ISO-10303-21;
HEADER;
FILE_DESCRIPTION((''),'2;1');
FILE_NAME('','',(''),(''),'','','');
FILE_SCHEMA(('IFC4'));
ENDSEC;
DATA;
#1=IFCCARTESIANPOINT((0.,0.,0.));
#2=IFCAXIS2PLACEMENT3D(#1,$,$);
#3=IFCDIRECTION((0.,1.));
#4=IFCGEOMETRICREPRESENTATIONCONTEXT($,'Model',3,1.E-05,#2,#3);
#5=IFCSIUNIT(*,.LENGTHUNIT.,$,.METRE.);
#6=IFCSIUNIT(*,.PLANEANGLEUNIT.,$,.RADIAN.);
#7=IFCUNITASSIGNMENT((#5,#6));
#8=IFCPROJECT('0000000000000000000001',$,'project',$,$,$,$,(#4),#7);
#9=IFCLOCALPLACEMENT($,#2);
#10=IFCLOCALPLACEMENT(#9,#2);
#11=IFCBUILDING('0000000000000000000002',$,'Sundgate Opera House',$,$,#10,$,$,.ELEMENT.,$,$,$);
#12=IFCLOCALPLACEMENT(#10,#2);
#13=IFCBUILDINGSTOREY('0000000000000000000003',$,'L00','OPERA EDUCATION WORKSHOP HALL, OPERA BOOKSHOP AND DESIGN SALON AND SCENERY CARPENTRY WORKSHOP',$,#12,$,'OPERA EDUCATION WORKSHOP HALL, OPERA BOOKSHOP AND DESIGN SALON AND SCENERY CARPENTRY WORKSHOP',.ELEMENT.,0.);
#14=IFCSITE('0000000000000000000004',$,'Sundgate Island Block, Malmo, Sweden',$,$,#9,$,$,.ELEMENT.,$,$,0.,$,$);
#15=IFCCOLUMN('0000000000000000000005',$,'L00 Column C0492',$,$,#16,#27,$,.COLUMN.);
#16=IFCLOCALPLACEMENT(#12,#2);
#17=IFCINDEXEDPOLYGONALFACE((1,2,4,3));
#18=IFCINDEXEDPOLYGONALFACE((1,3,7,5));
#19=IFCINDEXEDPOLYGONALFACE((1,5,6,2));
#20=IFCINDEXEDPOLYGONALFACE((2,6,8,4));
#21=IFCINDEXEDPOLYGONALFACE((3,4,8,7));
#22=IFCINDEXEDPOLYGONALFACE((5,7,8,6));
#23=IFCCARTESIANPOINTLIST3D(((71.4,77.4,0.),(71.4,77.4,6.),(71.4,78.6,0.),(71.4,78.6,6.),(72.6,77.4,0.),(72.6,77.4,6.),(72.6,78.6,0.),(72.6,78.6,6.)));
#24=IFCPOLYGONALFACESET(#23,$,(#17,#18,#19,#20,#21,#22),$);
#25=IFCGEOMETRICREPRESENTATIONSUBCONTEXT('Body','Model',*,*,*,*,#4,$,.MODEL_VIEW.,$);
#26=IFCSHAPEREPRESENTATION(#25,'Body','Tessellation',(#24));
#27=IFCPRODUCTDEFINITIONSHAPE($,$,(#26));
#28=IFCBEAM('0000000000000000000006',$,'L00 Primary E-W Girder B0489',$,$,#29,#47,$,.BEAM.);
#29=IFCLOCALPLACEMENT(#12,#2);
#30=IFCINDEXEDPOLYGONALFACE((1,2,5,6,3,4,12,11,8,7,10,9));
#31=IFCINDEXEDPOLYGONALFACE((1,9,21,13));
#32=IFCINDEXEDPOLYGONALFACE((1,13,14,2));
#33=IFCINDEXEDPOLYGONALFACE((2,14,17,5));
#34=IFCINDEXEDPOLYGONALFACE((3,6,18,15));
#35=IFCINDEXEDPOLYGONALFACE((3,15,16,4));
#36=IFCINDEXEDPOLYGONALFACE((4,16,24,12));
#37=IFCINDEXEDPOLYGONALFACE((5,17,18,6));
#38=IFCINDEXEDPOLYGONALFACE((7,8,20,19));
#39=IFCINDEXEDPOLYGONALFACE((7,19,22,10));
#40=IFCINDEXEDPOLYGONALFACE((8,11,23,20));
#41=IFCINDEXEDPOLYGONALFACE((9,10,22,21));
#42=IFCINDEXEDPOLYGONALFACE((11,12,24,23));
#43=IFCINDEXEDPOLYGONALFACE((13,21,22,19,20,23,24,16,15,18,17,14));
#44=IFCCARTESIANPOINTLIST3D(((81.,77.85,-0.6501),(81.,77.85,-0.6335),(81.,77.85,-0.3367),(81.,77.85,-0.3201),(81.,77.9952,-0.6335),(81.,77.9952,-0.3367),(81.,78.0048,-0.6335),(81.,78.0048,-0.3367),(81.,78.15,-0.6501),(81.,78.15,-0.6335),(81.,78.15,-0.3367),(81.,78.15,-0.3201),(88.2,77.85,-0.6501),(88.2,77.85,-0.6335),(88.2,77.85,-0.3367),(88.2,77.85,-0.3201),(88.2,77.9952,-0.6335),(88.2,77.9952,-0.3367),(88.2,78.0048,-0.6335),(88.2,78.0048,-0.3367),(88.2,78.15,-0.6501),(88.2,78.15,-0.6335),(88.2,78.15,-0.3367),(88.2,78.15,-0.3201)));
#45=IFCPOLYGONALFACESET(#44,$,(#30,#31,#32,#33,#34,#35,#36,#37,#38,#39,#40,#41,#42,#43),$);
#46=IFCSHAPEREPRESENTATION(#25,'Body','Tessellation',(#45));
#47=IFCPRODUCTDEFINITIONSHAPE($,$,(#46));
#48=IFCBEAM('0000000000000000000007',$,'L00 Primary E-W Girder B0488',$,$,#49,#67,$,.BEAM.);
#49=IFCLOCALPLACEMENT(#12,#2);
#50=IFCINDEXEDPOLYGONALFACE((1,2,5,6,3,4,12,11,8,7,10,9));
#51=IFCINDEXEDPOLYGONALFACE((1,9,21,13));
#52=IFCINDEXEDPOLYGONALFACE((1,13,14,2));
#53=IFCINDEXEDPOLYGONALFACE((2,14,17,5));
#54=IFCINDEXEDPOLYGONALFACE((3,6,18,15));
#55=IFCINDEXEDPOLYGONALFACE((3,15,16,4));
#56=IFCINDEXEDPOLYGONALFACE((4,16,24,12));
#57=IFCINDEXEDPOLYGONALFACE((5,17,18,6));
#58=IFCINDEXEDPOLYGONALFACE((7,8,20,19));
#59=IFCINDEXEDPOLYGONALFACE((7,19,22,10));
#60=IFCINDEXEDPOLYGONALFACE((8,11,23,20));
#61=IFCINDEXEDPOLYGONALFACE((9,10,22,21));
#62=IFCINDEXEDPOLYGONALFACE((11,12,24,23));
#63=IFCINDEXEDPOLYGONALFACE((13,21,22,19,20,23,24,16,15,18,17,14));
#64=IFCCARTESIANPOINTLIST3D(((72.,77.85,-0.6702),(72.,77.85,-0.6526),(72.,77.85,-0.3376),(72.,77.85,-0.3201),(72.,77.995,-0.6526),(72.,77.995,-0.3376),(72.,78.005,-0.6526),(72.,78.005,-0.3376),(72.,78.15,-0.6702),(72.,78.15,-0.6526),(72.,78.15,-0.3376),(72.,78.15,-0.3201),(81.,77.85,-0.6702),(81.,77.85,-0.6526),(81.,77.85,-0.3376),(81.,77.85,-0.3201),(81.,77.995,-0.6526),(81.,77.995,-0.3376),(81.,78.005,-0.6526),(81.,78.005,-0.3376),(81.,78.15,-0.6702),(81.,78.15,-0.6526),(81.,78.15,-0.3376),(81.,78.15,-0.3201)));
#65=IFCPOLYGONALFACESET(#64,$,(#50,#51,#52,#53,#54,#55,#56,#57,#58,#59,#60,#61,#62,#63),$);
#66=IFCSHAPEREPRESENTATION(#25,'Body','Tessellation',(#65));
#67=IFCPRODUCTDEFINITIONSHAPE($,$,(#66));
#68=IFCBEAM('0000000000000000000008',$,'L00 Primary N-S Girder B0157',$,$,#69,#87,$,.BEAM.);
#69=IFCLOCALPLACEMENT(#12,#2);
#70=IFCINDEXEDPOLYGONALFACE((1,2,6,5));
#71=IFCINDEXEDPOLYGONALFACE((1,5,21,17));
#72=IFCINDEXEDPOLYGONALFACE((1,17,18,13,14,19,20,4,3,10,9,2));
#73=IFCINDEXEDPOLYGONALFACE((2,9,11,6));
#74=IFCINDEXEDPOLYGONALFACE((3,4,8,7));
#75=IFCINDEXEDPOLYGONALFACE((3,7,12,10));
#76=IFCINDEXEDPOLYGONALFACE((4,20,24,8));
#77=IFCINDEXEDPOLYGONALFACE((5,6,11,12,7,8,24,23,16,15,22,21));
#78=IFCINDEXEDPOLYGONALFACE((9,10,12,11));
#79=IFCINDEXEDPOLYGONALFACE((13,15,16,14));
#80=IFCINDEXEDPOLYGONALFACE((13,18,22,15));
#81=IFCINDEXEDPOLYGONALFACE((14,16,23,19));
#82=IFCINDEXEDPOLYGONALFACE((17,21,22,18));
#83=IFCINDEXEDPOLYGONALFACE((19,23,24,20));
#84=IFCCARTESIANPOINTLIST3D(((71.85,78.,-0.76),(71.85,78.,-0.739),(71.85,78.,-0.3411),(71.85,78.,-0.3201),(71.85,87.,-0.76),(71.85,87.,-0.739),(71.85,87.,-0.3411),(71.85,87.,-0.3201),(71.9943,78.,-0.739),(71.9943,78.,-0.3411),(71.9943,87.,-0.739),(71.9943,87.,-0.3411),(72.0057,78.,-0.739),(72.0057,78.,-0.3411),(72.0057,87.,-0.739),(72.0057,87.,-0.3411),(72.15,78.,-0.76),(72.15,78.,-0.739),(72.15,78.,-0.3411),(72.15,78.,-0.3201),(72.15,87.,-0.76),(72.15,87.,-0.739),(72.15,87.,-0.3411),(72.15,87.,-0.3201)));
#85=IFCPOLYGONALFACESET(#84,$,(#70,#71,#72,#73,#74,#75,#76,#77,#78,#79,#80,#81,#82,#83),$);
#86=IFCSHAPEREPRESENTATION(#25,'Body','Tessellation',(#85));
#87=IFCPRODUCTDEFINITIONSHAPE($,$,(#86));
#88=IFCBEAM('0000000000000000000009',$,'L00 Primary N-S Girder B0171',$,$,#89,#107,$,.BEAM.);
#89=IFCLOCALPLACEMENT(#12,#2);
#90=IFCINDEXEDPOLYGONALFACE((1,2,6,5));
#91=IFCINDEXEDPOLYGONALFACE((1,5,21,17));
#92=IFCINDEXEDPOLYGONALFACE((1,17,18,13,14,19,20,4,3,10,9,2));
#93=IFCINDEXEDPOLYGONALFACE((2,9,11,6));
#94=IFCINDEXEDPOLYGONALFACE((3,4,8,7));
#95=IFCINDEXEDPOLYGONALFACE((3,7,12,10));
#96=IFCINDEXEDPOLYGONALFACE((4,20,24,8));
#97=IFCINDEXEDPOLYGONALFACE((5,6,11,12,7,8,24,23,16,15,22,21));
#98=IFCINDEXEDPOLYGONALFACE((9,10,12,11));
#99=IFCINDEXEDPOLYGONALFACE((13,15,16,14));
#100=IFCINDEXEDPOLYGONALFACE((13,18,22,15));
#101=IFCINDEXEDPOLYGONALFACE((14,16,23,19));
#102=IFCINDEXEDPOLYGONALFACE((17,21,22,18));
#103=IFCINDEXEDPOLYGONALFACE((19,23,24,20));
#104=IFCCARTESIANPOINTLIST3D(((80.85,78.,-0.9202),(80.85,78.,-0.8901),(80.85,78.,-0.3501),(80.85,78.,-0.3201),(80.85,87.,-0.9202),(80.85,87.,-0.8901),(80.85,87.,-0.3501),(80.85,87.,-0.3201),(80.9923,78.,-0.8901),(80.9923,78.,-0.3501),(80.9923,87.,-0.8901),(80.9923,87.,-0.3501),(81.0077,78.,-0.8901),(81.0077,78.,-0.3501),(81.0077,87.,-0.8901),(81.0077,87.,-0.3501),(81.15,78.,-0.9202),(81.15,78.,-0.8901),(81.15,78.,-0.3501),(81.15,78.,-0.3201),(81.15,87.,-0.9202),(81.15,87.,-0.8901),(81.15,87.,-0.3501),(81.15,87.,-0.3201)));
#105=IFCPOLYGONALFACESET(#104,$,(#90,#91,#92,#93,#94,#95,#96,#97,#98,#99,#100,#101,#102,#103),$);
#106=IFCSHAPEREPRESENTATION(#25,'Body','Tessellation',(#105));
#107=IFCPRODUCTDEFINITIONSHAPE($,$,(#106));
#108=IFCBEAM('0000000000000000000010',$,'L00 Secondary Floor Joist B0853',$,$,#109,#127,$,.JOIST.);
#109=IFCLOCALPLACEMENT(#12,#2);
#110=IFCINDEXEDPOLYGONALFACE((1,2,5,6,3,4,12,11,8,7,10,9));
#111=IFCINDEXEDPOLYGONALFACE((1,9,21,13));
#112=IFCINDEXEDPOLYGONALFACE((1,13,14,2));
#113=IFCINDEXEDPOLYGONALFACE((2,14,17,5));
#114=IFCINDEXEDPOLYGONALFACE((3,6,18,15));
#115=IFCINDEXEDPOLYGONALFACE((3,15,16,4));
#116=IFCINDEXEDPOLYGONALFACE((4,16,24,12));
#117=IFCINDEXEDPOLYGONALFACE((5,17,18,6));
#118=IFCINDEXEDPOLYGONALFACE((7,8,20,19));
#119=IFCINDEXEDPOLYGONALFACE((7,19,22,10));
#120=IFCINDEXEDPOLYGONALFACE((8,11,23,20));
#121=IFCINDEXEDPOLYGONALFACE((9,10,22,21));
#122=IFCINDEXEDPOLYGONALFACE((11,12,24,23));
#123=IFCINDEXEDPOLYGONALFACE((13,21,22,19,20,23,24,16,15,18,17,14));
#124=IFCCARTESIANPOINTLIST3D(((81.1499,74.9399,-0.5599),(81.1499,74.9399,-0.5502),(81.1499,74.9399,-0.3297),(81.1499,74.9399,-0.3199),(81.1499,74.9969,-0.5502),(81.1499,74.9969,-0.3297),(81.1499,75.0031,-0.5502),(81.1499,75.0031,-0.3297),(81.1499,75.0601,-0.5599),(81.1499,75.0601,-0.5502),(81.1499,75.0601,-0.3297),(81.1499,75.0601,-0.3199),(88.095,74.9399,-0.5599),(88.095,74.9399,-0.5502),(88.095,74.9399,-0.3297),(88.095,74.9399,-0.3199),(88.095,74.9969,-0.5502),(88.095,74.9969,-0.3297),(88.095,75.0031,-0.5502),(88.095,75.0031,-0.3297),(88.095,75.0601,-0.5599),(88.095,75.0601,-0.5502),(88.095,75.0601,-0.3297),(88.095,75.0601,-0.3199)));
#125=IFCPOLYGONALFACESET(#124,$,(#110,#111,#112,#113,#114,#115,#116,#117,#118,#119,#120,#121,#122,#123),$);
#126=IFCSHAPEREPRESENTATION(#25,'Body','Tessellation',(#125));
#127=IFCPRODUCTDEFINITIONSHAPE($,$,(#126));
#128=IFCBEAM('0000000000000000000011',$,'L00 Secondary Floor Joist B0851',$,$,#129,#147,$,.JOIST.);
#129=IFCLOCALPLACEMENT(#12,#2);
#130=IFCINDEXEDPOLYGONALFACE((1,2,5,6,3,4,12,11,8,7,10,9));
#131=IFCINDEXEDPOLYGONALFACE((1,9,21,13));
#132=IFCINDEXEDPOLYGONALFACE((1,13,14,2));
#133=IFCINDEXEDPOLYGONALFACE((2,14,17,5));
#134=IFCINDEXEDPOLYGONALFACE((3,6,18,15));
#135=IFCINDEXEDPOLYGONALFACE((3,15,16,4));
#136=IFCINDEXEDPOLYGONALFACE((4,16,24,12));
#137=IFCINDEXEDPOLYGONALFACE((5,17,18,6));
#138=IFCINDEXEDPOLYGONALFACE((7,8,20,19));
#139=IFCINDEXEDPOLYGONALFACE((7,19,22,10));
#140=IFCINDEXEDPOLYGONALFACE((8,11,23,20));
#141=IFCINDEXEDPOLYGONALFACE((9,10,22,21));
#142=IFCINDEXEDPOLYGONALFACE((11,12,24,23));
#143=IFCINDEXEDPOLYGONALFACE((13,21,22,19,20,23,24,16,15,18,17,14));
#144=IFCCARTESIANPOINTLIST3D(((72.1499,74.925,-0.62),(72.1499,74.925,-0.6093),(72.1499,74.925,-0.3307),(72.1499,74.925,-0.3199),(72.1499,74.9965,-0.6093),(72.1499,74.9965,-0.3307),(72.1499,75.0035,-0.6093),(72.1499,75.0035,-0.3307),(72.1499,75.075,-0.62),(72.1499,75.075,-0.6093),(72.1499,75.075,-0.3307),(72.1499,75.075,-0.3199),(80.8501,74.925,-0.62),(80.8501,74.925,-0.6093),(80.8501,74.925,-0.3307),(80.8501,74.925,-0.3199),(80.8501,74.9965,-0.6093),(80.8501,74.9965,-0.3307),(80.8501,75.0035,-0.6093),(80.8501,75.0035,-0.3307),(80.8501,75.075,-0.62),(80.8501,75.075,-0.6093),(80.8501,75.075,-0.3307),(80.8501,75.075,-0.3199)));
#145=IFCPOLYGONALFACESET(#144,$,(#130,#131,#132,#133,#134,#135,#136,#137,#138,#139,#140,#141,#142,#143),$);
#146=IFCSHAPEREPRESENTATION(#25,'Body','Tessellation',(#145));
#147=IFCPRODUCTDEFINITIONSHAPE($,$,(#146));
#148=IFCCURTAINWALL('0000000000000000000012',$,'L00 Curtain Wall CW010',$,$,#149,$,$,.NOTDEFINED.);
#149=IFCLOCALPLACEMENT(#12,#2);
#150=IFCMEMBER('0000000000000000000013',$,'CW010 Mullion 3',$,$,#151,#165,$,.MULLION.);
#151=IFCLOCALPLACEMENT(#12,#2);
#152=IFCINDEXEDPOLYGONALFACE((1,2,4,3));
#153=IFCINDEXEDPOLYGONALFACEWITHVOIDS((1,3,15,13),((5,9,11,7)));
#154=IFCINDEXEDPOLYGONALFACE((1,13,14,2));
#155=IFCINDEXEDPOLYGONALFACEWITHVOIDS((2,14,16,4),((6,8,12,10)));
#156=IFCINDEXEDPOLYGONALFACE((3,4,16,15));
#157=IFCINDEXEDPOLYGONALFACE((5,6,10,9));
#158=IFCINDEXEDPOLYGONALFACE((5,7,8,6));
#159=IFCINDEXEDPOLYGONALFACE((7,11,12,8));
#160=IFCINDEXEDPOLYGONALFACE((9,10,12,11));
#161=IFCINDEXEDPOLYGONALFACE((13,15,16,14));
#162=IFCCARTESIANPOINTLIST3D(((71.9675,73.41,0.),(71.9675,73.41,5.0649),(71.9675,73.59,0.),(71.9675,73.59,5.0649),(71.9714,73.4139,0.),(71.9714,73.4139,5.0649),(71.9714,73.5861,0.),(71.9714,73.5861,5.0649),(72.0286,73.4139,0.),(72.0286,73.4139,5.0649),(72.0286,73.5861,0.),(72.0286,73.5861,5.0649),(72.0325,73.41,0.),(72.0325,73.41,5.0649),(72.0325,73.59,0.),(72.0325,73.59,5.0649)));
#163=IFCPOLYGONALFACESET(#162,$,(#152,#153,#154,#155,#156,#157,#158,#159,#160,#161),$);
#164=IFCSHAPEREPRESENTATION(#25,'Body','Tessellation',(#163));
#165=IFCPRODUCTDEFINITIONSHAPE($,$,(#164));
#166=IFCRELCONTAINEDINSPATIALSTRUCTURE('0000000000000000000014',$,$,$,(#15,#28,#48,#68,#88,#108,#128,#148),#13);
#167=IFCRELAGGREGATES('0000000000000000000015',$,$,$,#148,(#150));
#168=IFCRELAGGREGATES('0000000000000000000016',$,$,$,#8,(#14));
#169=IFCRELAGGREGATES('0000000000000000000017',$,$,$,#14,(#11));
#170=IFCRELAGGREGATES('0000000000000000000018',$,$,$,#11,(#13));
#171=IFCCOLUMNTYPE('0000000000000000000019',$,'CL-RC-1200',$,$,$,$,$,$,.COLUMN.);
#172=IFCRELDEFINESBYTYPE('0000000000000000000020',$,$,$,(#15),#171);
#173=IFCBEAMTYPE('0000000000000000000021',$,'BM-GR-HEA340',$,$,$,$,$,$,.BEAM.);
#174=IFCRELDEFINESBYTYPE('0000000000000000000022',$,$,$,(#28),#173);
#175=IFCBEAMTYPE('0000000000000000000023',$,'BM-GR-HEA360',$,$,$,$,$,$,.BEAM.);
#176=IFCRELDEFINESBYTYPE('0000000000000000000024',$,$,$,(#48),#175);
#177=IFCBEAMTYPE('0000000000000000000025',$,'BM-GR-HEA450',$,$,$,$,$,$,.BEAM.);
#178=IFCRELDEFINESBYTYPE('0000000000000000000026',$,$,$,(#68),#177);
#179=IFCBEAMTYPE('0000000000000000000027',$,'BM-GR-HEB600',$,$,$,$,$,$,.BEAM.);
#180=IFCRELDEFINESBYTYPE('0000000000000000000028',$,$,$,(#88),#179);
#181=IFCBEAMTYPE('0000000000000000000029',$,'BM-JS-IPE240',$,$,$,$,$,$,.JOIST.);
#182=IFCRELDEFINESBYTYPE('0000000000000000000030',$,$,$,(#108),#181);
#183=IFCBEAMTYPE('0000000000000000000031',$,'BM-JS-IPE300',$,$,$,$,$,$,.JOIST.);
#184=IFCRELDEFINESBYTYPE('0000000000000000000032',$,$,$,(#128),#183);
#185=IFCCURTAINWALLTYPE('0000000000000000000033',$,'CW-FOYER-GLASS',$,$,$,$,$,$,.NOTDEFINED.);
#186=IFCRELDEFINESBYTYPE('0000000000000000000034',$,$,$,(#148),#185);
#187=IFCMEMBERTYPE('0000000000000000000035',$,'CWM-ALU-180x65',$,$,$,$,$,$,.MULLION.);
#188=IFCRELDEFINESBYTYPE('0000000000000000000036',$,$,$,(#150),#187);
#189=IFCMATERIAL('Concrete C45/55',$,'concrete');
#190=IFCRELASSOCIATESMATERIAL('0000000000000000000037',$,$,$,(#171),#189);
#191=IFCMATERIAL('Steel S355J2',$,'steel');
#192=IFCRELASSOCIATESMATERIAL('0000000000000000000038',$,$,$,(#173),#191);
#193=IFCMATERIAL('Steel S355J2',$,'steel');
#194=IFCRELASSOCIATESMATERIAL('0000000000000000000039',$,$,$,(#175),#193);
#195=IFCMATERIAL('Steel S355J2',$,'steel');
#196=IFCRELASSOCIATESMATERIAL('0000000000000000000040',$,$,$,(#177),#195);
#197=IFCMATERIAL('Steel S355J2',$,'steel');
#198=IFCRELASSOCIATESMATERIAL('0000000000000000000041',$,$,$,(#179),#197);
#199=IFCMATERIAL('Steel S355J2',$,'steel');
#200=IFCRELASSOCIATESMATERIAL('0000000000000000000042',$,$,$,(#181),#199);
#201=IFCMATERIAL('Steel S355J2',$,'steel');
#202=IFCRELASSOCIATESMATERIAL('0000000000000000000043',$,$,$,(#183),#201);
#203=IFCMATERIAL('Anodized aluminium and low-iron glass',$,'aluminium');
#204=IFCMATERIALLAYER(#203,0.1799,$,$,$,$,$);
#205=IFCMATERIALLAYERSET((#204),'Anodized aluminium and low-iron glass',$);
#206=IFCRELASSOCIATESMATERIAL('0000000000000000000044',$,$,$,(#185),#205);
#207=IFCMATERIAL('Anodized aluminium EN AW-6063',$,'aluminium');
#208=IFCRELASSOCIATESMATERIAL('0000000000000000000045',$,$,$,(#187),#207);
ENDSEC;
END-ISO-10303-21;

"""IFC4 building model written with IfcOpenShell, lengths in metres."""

from ifc_helpers import new_model, si_unit, direction, frame, origin, origin_2d, place, context, subcontext, project, spatial, rectangle, hollow_rectangle, i_section, extrude, material, layer, layer_set, material_profile, profile_set, type_object, element, aggregate, save


model = new_model("IFC4")

# Units and contexts
model_context = context("Model", 3, precision=1e-05, world=origin(), true_north=direction((0.0, 1.0)))
body_context = subcontext(model_context, "Body", "Model", "MODEL_VIEW")
ifc_project = project(units=[si_unit("LENGTHUNIT", "METRE"), si_unit("PLANEANGLEUNIT", "RADIAN")], contexts=[model_context])

# Site, building, storey
site_placement = place(None, origin())
site = spatial("IfcSite", under=ifc_project, at=site_placement, Name="Sundgate Island Block, Malmo, Sweden", CompositionType="ELEMENT", RefElevation=0.0)
building_placement = place(site_placement, origin())
building = spatial("IfcBuilding", under=site, at=building_placement, Name="Sundgate Opera House", CompositionType="ELEMENT")
storey_placement = place(building_placement, origin())
storey = spatial("IfcBuildingStorey", under=building, at=storey_placement, Name="L00", Description="OPERA EDUCATION WORKSHOP HALL, OPERA BOOKSHOP AND DESIGN SALON AND SCENERY CARPENTRY WORKSHOP", LongName="OPERA EDUCATION WORKSHOP HALL, OPERA BOOKSHOP AND DESIGN SALON AND SCENERY CARPENTRY WORKSHOP", CompositionType="ELEMENT", Elevation=0.0)

# Column
ifc_material_1 = material(Name="Concrete C45/55", Category="concrete")
ifc_material_profile_1 = material_profile(ifc_material_1, rectangle(XDim=1.2, YDim=1.2, at=origin_2d()), Name="RC 1200x1200")
ifc_profile_set_1 = profile_set([ifc_material_profile_1], Name="Concrete C45/55")
column_type = type_object("IfcColumnType", Name="CL-RC-1200", PredefinedType="COLUMN", material=ifc_profile_set_1)
column_placement = place(storey_placement, frame((72.0, 78.0, 0.0), z_axis=(0.0, 0.0, 1.0), x_axis=(1.0, 0.0, 0.0)))
element("IfcColumn", 1, at=column_placement, inside=storey, type_object=column_type, Name="L00 Column C0492", PredefinedType="COLUMN", context=body_context, shape_type="SweptSolid", body=[
    extrude(rectangle(XDim=1.2, YDim=1.2, at=origin_2d()), origin(), (0.0, 0.0, 1.0), 6.0),
])

# Beams
ifc_material_2 = material(Name="Steel S355J2", Category="steel")
ifc_material_profile_2 = material_profile(ifc_material_2, i_section(OverallWidth=0.3, OverallDepth=0.3301, WebThickness=0.0095, FlangeThickness=0.0166, at=origin_2d()), Name="HEA 340")
ifc_profile_set_2 = profile_set([ifc_material_profile_2], Name="Steel S355J2")
beam_type_1 = type_object("IfcBeamType", Name="BM-GR-HEA340", PredefinedType="BEAM", material=ifc_profile_set_2)
beam_1_placement = place(storey_placement, frame((81.0, 78.0, -0.4851), z_axis=(1.0, 0.0, 0.0), x_axis=(0.0, 1.0, 0.0)))
element("IfcBeam", 2, at=beam_1_placement, inside=storey, type_object=beam_type_1, Name="L00 Primary E-W Girder B0489", PredefinedType="BEAM", context=body_context, shape_type="SweptSolid", body=[
    extrude(i_section(OverallWidth=0.3, OverallDepth=0.3301, WebThickness=0.0095, FlangeThickness=0.0166, at=origin_2d()), origin(), (0.0, 0.0, 1.0), 7.2),
])
ifc_material_3 = material(Name="Steel S355J2", Category="steel")
ifc_material_profile_3 = material_profile(ifc_material_3, i_section(OverallWidth=0.3, OverallDepth=0.3501, WebThickness=0.01, FlangeThickness=0.0176, at=origin_2d()), Name="HEA 360")
ifc_profile_set_3 = profile_set([ifc_material_profile_3], Name="Steel S355J2")
beam_type_2 = type_object("IfcBeamType", Name="BM-GR-HEA360", PredefinedType="BEAM", material=ifc_profile_set_3)
beam_2_placement = place(storey_placement, frame((72.0, 78.0, -0.4951), z_axis=(1.0, 0.0, 0.0), x_axis=(0.0, 1.0, 0.0)))
element("IfcBeam", 3, at=beam_2_placement, inside=storey, type_object=beam_type_2, Name="L00 Primary E-W Girder B0488", PredefinedType="BEAM", context=body_context, shape_type="SweptSolid", body=[
    extrude(i_section(OverallWidth=0.3, OverallDepth=0.3501, WebThickness=0.01, FlangeThickness=0.0176, at=origin_2d()), origin(), (0.0, 0.0, 1.0), 9.0),
])
ifc_material_4 = material(Name="Steel S355J2", Category="steel")
ifc_material_profile_4 = material_profile(ifc_material_4, i_section(OverallWidth=0.3, OverallDepth=0.4399, WebThickness=0.0115, FlangeThickness=0.021, at=origin_2d()), Name="HEA 450")
ifc_profile_set_4 = profile_set([ifc_material_profile_4], Name="Steel S355J2")
beam_type_3 = type_object("IfcBeamType", Name="BM-GR-HEA450", PredefinedType="BEAM", material=ifc_profile_set_4)
beam_3_placement = place(storey_placement, frame((72.0, 78.0, -0.54), z_axis=(0.0, 1.0, 0.0), x_axis=(-1.0, 0.0, 0.0)))
element("IfcBeam", 4, at=beam_3_placement, inside=storey, type_object=beam_type_3, Name="L00 Primary N-S Girder B0157", PredefinedType="BEAM", context=body_context, shape_type="SweptSolid", body=[
    extrude(i_section(OverallWidth=0.3, OverallDepth=0.4399, WebThickness=0.0115, FlangeThickness=0.021, at=origin_2d()), origin(), (0.0, 0.0, 1.0), 9.0),
])
ifc_material_5 = material(Name="Steel S355J2", Category="steel")
ifc_material_profile_5 = material_profile(ifc_material_5, i_section(OverallWidth=0.3, OverallDepth=0.6001, WebThickness=0.0154, FlangeThickness=0.03, at=origin_2d()), Name="HEB 600")
ifc_profile_set_5 = profile_set([ifc_material_profile_5], Name="Steel S355J2")
beam_type_4 = type_object("IfcBeamType", Name="BM-GR-HEB600", PredefinedType="BEAM", material=ifc_profile_set_5)
beam_4_placement = place(storey_placement, frame((81.0, 78.0, -0.6201), z_axis=(0.0, 1.0, 0.0), x_axis=(-1.0, 0.0, 0.0)))
element("IfcBeam", 5, at=beam_4_placement, inside=storey, type_object=beam_type_4, Name="L00 Primary N-S Girder B0171", PredefinedType="BEAM", context=body_context, shape_type="SweptSolid", body=[
    extrude(i_section(OverallWidth=0.3, OverallDepth=0.6001, WebThickness=0.0154, FlangeThickness=0.03, at=origin_2d()), origin(), (0.0, 0.0, 1.0), 9.0),
])
ifc_material_6 = material(Name="Steel S355J2", Category="steel")
ifc_material_profile_6 = material_profile(ifc_material_6, i_section(OverallWidth=0.1201, OverallDepth=0.24, WebThickness=0.0061, FlangeThickness=0.0098, at=origin_2d()), Name="IPE 240")
ifc_profile_set_6 = profile_set([ifc_material_profile_6], Name="Steel S355J2")
beam_type_5 = type_object("IfcBeamType", Name="BM-JS-IPE240", PredefinedType="JOIST", material=ifc_profile_set_6)
beam_5_placement = place(storey_placement, frame((81.1499, 75.0, -0.4399), z_axis=(1.0, 0.0, 0.0), x_axis=(0.0, 1.0, 0.0)))
element("IfcBeam", 6, at=beam_5_placement, inside=storey, type_object=beam_type_5, Name="L00 Secondary Floor Joist B0853", PredefinedType="JOIST", context=body_context, shape_type="SweptSolid", body=[
    extrude(i_section(OverallWidth=0.1201, OverallDepth=0.24, WebThickness=0.0061, FlangeThickness=0.0098, at=origin_2d()), origin(), (0.0, 0.0, 1.0), 6.9451),
])
ifc_material_7 = material(Name="Steel S355J2", Category="steel")
ifc_material_profile_7 = material_profile(ifc_material_7, i_section(OverallWidth=0.1499, OverallDepth=0.3, WebThickness=0.0071, FlangeThickness=0.0107, at=origin_2d()), Name="IPE 300")
ifc_profile_set_7 = profile_set([ifc_material_profile_7], Name="Steel S355J2")
beam_type_6 = type_object("IfcBeamType", Name="BM-JS-IPE300", PredefinedType="JOIST", material=ifc_profile_set_7)
beam_6_placement = place(storey_placement, frame((72.1499, 75.0, -0.47), z_axis=(1.0, 0.0, 0.0), x_axis=(0.0, 1.0, 0.0)))
element("IfcBeam", 7, at=beam_6_placement, inside=storey, type_object=beam_type_6, Name="L00 Secondary Floor Joist B0851", PredefinedType="JOIST", context=body_context, shape_type="SweptSolid", body=[
    extrude(i_section(OverallWidth=0.1499, OverallDepth=0.3, WebThickness=0.0071, FlangeThickness=0.0107, at=origin_2d()), origin(), (0.0, 0.0, 1.0), 8.7002),
])

# Curtain wall, member
ifc_material_8 = material(Name="Anodized aluminium and low-iron glass", Category="aluminium")
ifc_layer_1 = layer(ifc_material_8, 0.1799)
ifc_layer_set_1 = layer_set([ifc_layer_1], Name="Anodized aluminium and low-iron glass")
curtain_wall_type = type_object("IfcCurtainWallType", Name="CW-FOYER-GLASS", PredefinedType="NOTDEFINED", material=ifc_layer_set_1)
curtain_wall_placement = place(storey_placement, origin())
curtain_wall = element("IfcCurtainWall", 8, at=curtain_wall_placement, inside=storey, type_object=curtain_wall_type, Name="L00 Curtain Wall CW010", PredefinedType="NOTDEFINED")
ifc_material_9 = material(Name="Anodized aluminium EN AW-6063", Category="aluminium")
ifc_material_profile_8 = material_profile(ifc_material_9, hollow_rectangle(XDim=0.0649, YDim=0.1799, WallThickness=0.0039, at=origin_2d()), Name="CWM 180x65x4")
ifc_profile_set_8 = profile_set([ifc_material_profile_8], Name="Anodized aluminium EN AW-6063")
member_type_1 = type_object("IfcMemberType", Name="CWM-ALU-180x65", PredefinedType="MULLION", material=ifc_profile_set_8)
member_1_placement = place(storey_placement, frame((72.0, 73.5, 0.0), z_axis=(0.0, 0.0, 1.0), x_axis=(1.0, 0.0, 0.0)))
member_1 = element("IfcMember", 9, at=member_1_placement, type_object=member_type_1, Name="CW010 Mullion 3", PredefinedType="MULLION", context=body_context, shape_type="SweptSolid", body=[
    extrude(hollow_rectangle(XDim=0.0649, YDim=0.1799, WallThickness=0.0039, at=origin_2d()), origin(), (0.0, 0.0, 1.0), 5.0649),
])
aggregate(curtain_wall, [member_1])

save(model, "model.ifc")
